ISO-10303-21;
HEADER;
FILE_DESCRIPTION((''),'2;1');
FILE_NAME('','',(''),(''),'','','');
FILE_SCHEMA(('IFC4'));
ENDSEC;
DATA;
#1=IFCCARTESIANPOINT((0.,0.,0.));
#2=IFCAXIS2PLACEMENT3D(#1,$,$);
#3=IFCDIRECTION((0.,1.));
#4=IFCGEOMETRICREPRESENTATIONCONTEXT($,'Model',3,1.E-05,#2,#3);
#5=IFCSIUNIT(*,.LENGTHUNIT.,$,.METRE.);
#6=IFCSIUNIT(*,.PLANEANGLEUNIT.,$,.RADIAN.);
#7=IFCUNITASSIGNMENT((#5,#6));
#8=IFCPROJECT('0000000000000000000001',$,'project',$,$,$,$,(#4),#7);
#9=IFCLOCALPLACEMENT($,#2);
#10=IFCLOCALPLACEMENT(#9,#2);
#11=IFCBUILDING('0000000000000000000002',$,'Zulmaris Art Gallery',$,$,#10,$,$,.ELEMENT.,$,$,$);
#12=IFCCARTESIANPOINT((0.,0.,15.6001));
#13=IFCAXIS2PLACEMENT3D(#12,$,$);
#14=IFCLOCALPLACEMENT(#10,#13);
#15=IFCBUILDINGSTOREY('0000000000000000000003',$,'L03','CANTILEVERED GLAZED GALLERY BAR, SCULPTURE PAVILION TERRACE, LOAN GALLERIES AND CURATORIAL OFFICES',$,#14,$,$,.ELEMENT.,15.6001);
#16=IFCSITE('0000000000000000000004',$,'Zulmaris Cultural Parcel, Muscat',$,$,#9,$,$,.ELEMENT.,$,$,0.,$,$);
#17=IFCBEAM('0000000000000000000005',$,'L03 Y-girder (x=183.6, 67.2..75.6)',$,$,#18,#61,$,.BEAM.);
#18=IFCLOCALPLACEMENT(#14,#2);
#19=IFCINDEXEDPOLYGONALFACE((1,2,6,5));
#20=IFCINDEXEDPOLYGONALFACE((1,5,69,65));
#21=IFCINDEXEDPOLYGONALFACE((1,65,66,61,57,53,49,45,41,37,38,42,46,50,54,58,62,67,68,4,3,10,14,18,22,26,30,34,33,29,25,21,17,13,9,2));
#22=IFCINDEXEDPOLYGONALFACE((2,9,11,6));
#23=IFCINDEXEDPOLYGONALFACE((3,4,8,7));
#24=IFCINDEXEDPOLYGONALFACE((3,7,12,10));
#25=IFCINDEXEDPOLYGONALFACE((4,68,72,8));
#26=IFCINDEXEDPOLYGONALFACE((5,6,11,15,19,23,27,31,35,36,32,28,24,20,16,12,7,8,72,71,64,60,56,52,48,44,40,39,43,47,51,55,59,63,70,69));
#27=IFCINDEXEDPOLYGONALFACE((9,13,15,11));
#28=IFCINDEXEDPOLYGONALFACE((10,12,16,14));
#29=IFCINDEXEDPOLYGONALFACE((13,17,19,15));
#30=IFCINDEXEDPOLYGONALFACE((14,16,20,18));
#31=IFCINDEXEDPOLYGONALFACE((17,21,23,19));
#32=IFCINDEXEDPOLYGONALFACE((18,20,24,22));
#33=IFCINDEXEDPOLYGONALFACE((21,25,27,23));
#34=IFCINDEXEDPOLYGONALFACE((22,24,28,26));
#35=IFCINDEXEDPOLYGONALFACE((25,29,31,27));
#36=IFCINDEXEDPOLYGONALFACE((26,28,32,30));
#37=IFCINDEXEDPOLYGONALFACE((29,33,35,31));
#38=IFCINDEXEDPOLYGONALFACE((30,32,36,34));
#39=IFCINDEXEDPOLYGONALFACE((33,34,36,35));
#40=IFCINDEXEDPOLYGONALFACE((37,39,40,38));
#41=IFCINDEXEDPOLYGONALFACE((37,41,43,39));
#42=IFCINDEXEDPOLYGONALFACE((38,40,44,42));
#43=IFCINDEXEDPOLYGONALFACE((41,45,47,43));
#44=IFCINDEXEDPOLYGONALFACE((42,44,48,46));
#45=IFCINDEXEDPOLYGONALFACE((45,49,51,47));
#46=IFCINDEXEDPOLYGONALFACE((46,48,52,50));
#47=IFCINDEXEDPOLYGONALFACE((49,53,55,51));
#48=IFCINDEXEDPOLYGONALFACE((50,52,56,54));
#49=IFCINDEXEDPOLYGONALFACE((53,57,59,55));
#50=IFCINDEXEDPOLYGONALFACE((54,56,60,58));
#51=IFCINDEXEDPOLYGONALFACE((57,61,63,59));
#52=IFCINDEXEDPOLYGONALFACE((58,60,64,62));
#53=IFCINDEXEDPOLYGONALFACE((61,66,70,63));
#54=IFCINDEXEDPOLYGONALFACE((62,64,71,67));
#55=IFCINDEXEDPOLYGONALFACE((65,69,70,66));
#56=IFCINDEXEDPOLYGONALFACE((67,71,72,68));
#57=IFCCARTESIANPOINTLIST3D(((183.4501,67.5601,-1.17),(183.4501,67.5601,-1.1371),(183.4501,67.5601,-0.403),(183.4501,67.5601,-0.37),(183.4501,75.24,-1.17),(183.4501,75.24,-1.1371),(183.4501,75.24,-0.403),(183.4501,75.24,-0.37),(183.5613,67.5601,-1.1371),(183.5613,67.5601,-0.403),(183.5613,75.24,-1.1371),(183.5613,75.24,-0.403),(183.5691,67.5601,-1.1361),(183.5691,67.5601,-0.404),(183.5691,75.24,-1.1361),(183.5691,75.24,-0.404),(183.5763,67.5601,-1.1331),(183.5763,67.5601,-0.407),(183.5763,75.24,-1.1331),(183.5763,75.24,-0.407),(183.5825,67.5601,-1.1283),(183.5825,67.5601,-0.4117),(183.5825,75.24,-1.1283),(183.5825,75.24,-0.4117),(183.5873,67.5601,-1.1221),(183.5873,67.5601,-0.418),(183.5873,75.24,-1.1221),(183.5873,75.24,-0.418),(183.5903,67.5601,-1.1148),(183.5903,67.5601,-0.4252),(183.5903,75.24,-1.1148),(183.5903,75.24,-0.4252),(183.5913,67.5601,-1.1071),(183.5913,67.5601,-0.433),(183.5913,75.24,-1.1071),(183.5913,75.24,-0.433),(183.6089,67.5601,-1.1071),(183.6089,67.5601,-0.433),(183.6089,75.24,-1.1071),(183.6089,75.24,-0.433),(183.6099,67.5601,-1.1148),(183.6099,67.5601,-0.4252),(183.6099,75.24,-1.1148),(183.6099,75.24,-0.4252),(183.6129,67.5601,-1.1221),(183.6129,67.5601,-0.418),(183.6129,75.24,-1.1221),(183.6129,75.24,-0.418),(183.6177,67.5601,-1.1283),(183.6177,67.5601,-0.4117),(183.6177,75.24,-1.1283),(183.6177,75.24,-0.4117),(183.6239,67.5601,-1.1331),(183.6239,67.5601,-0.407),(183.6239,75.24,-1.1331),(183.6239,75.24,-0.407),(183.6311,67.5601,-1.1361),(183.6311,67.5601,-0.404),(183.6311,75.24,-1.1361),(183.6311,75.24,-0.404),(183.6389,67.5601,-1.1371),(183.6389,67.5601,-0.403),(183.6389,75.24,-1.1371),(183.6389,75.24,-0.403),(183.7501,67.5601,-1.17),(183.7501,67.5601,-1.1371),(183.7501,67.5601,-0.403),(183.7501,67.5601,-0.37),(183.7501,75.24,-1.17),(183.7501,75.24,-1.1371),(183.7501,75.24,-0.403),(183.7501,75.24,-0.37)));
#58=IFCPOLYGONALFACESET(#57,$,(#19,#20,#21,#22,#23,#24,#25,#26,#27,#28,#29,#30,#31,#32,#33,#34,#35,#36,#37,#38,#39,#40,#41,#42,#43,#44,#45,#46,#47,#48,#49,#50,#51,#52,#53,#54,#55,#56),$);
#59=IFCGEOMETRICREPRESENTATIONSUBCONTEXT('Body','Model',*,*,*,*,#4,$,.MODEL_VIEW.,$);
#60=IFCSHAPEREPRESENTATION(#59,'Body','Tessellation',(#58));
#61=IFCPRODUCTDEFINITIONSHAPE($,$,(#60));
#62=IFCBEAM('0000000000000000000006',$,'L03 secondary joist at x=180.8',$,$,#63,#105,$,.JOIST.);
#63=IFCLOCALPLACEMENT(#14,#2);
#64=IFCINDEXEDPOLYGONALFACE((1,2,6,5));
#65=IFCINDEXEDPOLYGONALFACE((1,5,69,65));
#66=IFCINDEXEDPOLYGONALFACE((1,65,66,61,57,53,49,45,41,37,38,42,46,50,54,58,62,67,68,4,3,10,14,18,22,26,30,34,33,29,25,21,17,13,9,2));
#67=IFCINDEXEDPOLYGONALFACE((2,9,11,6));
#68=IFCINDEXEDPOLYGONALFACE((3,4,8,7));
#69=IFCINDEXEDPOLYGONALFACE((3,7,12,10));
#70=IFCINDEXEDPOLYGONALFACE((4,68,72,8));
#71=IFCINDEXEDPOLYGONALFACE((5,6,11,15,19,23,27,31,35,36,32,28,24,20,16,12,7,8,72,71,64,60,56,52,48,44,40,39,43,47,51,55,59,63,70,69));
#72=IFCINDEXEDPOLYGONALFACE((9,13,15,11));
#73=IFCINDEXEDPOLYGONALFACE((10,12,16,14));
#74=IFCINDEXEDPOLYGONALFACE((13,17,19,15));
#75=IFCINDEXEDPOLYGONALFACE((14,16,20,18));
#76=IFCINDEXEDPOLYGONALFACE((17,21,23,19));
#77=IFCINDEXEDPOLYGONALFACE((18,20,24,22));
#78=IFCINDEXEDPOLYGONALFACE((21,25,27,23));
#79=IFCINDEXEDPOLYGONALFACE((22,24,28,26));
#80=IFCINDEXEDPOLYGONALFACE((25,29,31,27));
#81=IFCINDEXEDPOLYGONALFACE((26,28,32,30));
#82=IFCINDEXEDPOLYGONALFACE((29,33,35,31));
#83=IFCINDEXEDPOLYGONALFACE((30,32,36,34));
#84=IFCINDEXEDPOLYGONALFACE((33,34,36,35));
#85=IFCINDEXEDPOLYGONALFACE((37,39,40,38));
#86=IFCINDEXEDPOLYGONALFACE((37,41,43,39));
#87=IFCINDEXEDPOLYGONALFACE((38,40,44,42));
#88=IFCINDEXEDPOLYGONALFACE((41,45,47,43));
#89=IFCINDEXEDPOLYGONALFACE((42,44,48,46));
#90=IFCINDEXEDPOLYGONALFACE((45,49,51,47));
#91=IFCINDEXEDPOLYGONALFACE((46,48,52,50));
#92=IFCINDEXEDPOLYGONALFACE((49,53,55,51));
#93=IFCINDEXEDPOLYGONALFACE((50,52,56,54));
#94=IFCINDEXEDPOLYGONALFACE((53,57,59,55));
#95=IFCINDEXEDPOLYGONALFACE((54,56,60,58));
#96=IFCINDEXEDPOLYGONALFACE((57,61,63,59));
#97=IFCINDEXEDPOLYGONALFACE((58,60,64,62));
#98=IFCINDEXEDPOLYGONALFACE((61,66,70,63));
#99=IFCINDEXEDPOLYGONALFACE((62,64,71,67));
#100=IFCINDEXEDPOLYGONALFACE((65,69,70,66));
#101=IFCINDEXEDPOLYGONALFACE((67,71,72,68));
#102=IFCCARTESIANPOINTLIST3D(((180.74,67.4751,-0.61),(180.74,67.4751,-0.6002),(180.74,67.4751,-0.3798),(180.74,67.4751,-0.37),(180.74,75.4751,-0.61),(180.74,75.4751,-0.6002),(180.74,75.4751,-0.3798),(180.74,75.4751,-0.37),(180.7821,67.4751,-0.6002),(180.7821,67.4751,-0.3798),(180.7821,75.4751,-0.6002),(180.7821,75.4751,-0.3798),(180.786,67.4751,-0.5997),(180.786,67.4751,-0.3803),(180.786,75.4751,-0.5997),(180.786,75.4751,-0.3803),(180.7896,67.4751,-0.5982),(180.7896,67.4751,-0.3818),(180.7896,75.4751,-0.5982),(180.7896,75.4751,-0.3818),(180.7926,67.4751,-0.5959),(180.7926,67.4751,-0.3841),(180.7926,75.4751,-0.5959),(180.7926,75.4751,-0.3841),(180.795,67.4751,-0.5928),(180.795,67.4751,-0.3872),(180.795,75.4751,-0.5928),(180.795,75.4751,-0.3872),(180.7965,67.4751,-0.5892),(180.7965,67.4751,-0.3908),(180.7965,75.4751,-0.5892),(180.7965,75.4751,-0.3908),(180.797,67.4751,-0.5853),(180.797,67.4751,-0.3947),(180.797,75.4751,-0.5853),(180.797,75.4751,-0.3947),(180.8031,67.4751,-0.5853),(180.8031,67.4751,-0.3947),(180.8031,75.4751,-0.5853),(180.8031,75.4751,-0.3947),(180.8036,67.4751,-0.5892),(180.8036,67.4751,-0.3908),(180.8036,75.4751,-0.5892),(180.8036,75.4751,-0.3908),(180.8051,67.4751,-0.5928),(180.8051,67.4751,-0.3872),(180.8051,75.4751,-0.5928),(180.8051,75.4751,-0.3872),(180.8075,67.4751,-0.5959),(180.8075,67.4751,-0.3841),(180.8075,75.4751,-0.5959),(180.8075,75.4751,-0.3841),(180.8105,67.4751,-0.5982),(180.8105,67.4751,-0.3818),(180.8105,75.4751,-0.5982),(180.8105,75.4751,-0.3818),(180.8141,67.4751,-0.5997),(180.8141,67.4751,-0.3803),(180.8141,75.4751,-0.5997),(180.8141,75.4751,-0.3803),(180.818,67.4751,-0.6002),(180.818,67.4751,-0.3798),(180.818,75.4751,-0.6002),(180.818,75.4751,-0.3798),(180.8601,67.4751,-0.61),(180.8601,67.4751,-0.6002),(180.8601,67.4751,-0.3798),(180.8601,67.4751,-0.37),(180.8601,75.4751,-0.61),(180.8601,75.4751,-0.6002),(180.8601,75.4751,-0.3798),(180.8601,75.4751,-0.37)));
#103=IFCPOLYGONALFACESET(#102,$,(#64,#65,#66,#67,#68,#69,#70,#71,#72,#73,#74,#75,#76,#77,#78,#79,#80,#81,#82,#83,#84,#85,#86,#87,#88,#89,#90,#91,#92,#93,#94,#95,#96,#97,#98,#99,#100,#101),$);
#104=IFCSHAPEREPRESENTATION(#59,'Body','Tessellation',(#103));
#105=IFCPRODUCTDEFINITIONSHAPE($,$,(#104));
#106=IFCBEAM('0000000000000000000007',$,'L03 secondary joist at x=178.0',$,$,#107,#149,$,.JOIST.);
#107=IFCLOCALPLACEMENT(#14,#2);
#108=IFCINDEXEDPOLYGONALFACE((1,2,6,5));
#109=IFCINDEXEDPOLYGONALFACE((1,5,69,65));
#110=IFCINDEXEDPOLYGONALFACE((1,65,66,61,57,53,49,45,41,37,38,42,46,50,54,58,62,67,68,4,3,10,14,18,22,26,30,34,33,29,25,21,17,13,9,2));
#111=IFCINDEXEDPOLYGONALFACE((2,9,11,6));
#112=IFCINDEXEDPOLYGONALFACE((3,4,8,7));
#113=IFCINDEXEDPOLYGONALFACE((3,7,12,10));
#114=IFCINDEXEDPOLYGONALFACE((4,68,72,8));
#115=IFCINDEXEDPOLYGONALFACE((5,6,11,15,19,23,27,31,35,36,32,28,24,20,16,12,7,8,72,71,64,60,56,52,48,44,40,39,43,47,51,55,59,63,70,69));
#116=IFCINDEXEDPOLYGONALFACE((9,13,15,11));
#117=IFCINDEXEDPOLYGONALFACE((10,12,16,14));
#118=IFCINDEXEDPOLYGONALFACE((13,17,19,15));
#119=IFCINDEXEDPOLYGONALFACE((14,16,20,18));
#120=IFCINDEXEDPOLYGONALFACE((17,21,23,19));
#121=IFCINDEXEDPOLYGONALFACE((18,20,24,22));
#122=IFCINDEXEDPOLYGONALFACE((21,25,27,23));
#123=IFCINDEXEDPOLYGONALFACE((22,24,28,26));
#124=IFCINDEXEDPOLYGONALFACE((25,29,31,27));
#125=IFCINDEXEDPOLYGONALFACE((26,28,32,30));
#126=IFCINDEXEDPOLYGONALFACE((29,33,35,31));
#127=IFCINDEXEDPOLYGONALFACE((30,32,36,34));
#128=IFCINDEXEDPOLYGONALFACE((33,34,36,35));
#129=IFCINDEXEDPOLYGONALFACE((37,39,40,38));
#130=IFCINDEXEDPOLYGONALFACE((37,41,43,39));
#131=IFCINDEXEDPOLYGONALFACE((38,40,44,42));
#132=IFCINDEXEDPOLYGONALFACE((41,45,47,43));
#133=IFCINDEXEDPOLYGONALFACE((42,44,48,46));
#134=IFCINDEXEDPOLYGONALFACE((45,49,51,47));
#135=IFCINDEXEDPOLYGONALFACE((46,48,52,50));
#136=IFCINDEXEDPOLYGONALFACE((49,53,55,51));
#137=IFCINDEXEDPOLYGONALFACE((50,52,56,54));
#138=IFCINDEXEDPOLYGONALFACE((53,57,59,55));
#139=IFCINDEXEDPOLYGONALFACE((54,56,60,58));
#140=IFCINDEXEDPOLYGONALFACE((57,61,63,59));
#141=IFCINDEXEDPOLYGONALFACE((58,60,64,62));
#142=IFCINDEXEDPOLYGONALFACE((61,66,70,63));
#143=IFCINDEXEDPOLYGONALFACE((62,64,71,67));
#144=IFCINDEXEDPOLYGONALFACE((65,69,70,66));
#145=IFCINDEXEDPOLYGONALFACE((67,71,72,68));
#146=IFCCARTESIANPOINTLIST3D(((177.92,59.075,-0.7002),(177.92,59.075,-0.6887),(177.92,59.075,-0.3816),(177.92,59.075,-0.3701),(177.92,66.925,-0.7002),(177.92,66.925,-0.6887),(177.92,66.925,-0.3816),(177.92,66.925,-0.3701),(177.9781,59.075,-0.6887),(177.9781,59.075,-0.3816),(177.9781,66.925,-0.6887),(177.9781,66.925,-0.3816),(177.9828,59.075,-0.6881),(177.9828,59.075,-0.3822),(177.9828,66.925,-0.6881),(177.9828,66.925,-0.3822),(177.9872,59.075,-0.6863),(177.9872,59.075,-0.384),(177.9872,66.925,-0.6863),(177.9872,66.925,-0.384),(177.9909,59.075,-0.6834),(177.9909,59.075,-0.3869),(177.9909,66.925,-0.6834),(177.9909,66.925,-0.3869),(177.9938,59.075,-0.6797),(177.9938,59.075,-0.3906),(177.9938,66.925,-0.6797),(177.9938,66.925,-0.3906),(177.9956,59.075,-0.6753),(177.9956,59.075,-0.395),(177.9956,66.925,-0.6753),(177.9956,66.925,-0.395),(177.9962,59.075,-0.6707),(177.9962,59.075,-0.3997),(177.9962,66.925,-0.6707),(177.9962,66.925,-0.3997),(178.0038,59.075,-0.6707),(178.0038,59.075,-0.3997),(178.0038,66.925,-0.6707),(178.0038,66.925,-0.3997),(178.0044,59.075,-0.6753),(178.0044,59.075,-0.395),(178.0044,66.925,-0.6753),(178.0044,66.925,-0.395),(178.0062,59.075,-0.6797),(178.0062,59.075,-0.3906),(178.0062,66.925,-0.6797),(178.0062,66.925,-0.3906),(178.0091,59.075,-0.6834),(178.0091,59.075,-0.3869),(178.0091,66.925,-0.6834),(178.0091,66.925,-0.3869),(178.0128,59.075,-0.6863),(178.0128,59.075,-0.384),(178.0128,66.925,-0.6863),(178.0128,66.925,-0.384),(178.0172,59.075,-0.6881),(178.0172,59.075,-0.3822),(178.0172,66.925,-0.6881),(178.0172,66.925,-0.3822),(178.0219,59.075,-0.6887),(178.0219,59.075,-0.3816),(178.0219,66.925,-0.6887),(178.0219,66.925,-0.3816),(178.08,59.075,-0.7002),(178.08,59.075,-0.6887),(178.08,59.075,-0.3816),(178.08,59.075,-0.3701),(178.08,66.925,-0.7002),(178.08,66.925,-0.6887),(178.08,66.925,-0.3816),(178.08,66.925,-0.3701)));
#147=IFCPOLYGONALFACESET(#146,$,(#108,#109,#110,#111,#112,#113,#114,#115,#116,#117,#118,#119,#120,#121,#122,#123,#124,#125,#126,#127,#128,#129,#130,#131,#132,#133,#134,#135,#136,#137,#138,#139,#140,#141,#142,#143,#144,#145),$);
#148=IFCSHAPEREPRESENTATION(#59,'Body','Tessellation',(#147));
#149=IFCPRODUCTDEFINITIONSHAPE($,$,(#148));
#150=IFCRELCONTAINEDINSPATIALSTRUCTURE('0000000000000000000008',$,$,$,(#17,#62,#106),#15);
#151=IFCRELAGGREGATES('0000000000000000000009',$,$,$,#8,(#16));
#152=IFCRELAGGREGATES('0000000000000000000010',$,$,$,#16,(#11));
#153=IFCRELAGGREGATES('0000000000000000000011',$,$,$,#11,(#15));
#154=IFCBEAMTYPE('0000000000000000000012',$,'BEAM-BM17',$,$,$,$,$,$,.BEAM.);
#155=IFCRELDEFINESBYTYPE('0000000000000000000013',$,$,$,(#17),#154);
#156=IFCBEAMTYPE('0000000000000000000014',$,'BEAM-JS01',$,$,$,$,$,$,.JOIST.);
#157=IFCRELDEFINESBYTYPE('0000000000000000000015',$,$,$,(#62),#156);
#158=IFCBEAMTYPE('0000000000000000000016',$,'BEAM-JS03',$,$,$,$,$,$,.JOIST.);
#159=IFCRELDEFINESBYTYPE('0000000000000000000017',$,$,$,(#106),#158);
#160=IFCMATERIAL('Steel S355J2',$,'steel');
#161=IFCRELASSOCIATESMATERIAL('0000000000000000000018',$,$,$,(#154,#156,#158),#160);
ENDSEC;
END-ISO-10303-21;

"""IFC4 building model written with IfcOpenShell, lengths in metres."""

from ifc_helpers import new_model, si_unit, direction, frame, origin, origin_2d, place, context, subcontext, project, spatial, i_section, extrude, material, material_profile, profile_set, type_object, element, save


model = new_model("IFC4")

# Units and contexts
model_context = context("Model", 3, precision=1e-05, world=origin(), true_north=direction((0.0, 1.0)))
body_context = subcontext(model_context, "Body", "Model", "MODEL_VIEW")
ifc_project = project(units=[si_unit("LENGTHUNIT", "METRE"), si_unit("PLANEANGLEUNIT", "RADIAN")], contexts=[model_context])

# Site, building, storey
site_placement = place(None, origin())
site = spatial("IfcSite", under=ifc_project, at=site_placement, Name="Zulmaris Cultural Parcel, Muscat", CompositionType="ELEMENT", RefElevation=0.0)
building_placement = place(site_placement, origin())
building = spatial("IfcBuilding", under=site, at=building_placement, Name="Zulmaris Art Gallery", CompositionType="ELEMENT")
storey_placement = place(building_placement, frame((0.0, 0.0, 15.6001)))
storey = spatial("IfcBuildingStorey", under=building, at=storey_placement, Name="L03", Description="CANTILEVERED GLAZED GALLERY BAR, SCULPTURE PAVILION TERRACE, LOAN GALLERIES AND CURATORIAL OFFICES", CompositionType="ELEMENT", Elevation=15.6001)

# Beams
ifc_material_1 = material(Name="Steel S355J2", Category="steel")
ifc_material_profile_1 = material_profile(ifc_material_1, i_section(OverallWidth=0.3, OverallDepth=0.8, WebThickness=0.0176, FlangeThickness=0.033, FilletRadius=0.03, at=origin_2d()), Name="HEB 800")
ifc_profile_set_1 = profile_set([ifc_material_profile_1], Name="Steel S355J2")
beam_type_1 = type_object("IfcBeamType", Name="BEAM-BM17", PredefinedType="BEAM", material=ifc_profile_set_1)
beam_1_placement = place(storey_placement, frame((183.6001, 67.5601, -0.77), z_axis=(0.0, 1.0, 0.0), x_axis=(-1.0, 0.0, 0.0)))
element("IfcBeam", 1, at=beam_1_placement, inside=storey, type_object=beam_type_1, Name="L03 Y-girder (x=183.6, 67.2..75.6)", PredefinedType="BEAM", context=body_context, shape_type="SweptSolid", body=[
    extrude(i_section(OverallWidth=0.3, OverallDepth=0.8, WebThickness=0.0176, FlangeThickness=0.033, FilletRadius=0.03, at=origin_2d()), origin(), (0.0, 0.0, 1.0), 7.6799),
])
ifc_material_profile_2 = material_profile(ifc_material_1, i_section(OverallWidth=0.1201, OverallDepth=0.24, WebThickness=0.0061, FlangeThickness=0.0098, FilletRadius=0.0149, at=origin_2d()), Name="IPE 240")
ifc_profile_set_2 = profile_set([ifc_material_profile_2], Name="Steel S355J2")
beam_type_2 = type_object("IfcBeamType", Name="BEAM-JS01", PredefinedType="JOIST", material=ifc_profile_set_2)
beam_2_placement = place(storey_placement, frame((180.8, 67.4751, -0.49), z_axis=(0.0, 1.0, 0.0), x_axis=(-1.0, 0.0, 0.0)))
element("IfcBeam", 2, at=beam_2_placement, inside=storey, type_object=beam_type_2, Name="L03 secondary joist at x=180.8", PredefinedType="JOIST", context=body_context, shape_type="SweptSolid", body=[
    extrude(i_section(OverallWidth=0.1201, OverallDepth=0.24, WebThickness=0.0061, FlangeThickness=0.0098, FilletRadius=0.0149, at=origin_2d()), origin(), (0.0, 0.0, 1.0), 8.0),
])
ifc_material_profile_3 = material_profile(ifc_material_1, i_section(OverallWidth=0.1599, OverallDepth=0.3301, WebThickness=0.0076, FlangeThickness=0.0115, FilletRadius=0.0181, at=origin_2d()), Name="IPE 330")
ifc_profile_set_3 = profile_set([ifc_material_profile_3], Name="Steel S355J2")
beam_type_3 = type_object("IfcBeamType", Name="BEAM-JS03", PredefinedType="JOIST", material=ifc_profile_set_3)
beam_3_placement = place(storey_placement, frame((178.0, 59.075, -0.5352), z_axis=(0.0, 1.0, 0.0), x_axis=(-1.0, 0.0, 0.0)))
element("IfcBeam", 3, at=beam_3_placement, inside=storey, type_object=beam_type_3, Name="L03 secondary joist at x=178.0", PredefinedType="JOIST", context=body_context, shape_type="SweptSolid", body=[
    extrude(i_section(OverallWidth=0.1599, OverallDepth=0.3301, WebThickness=0.0076, FlangeThickness=0.0115, FilletRadius=0.0181, at=origin_2d()), origin(), (0.0, 0.0, 1.0), 7.8501),
])

save(model, "model.ifc")
